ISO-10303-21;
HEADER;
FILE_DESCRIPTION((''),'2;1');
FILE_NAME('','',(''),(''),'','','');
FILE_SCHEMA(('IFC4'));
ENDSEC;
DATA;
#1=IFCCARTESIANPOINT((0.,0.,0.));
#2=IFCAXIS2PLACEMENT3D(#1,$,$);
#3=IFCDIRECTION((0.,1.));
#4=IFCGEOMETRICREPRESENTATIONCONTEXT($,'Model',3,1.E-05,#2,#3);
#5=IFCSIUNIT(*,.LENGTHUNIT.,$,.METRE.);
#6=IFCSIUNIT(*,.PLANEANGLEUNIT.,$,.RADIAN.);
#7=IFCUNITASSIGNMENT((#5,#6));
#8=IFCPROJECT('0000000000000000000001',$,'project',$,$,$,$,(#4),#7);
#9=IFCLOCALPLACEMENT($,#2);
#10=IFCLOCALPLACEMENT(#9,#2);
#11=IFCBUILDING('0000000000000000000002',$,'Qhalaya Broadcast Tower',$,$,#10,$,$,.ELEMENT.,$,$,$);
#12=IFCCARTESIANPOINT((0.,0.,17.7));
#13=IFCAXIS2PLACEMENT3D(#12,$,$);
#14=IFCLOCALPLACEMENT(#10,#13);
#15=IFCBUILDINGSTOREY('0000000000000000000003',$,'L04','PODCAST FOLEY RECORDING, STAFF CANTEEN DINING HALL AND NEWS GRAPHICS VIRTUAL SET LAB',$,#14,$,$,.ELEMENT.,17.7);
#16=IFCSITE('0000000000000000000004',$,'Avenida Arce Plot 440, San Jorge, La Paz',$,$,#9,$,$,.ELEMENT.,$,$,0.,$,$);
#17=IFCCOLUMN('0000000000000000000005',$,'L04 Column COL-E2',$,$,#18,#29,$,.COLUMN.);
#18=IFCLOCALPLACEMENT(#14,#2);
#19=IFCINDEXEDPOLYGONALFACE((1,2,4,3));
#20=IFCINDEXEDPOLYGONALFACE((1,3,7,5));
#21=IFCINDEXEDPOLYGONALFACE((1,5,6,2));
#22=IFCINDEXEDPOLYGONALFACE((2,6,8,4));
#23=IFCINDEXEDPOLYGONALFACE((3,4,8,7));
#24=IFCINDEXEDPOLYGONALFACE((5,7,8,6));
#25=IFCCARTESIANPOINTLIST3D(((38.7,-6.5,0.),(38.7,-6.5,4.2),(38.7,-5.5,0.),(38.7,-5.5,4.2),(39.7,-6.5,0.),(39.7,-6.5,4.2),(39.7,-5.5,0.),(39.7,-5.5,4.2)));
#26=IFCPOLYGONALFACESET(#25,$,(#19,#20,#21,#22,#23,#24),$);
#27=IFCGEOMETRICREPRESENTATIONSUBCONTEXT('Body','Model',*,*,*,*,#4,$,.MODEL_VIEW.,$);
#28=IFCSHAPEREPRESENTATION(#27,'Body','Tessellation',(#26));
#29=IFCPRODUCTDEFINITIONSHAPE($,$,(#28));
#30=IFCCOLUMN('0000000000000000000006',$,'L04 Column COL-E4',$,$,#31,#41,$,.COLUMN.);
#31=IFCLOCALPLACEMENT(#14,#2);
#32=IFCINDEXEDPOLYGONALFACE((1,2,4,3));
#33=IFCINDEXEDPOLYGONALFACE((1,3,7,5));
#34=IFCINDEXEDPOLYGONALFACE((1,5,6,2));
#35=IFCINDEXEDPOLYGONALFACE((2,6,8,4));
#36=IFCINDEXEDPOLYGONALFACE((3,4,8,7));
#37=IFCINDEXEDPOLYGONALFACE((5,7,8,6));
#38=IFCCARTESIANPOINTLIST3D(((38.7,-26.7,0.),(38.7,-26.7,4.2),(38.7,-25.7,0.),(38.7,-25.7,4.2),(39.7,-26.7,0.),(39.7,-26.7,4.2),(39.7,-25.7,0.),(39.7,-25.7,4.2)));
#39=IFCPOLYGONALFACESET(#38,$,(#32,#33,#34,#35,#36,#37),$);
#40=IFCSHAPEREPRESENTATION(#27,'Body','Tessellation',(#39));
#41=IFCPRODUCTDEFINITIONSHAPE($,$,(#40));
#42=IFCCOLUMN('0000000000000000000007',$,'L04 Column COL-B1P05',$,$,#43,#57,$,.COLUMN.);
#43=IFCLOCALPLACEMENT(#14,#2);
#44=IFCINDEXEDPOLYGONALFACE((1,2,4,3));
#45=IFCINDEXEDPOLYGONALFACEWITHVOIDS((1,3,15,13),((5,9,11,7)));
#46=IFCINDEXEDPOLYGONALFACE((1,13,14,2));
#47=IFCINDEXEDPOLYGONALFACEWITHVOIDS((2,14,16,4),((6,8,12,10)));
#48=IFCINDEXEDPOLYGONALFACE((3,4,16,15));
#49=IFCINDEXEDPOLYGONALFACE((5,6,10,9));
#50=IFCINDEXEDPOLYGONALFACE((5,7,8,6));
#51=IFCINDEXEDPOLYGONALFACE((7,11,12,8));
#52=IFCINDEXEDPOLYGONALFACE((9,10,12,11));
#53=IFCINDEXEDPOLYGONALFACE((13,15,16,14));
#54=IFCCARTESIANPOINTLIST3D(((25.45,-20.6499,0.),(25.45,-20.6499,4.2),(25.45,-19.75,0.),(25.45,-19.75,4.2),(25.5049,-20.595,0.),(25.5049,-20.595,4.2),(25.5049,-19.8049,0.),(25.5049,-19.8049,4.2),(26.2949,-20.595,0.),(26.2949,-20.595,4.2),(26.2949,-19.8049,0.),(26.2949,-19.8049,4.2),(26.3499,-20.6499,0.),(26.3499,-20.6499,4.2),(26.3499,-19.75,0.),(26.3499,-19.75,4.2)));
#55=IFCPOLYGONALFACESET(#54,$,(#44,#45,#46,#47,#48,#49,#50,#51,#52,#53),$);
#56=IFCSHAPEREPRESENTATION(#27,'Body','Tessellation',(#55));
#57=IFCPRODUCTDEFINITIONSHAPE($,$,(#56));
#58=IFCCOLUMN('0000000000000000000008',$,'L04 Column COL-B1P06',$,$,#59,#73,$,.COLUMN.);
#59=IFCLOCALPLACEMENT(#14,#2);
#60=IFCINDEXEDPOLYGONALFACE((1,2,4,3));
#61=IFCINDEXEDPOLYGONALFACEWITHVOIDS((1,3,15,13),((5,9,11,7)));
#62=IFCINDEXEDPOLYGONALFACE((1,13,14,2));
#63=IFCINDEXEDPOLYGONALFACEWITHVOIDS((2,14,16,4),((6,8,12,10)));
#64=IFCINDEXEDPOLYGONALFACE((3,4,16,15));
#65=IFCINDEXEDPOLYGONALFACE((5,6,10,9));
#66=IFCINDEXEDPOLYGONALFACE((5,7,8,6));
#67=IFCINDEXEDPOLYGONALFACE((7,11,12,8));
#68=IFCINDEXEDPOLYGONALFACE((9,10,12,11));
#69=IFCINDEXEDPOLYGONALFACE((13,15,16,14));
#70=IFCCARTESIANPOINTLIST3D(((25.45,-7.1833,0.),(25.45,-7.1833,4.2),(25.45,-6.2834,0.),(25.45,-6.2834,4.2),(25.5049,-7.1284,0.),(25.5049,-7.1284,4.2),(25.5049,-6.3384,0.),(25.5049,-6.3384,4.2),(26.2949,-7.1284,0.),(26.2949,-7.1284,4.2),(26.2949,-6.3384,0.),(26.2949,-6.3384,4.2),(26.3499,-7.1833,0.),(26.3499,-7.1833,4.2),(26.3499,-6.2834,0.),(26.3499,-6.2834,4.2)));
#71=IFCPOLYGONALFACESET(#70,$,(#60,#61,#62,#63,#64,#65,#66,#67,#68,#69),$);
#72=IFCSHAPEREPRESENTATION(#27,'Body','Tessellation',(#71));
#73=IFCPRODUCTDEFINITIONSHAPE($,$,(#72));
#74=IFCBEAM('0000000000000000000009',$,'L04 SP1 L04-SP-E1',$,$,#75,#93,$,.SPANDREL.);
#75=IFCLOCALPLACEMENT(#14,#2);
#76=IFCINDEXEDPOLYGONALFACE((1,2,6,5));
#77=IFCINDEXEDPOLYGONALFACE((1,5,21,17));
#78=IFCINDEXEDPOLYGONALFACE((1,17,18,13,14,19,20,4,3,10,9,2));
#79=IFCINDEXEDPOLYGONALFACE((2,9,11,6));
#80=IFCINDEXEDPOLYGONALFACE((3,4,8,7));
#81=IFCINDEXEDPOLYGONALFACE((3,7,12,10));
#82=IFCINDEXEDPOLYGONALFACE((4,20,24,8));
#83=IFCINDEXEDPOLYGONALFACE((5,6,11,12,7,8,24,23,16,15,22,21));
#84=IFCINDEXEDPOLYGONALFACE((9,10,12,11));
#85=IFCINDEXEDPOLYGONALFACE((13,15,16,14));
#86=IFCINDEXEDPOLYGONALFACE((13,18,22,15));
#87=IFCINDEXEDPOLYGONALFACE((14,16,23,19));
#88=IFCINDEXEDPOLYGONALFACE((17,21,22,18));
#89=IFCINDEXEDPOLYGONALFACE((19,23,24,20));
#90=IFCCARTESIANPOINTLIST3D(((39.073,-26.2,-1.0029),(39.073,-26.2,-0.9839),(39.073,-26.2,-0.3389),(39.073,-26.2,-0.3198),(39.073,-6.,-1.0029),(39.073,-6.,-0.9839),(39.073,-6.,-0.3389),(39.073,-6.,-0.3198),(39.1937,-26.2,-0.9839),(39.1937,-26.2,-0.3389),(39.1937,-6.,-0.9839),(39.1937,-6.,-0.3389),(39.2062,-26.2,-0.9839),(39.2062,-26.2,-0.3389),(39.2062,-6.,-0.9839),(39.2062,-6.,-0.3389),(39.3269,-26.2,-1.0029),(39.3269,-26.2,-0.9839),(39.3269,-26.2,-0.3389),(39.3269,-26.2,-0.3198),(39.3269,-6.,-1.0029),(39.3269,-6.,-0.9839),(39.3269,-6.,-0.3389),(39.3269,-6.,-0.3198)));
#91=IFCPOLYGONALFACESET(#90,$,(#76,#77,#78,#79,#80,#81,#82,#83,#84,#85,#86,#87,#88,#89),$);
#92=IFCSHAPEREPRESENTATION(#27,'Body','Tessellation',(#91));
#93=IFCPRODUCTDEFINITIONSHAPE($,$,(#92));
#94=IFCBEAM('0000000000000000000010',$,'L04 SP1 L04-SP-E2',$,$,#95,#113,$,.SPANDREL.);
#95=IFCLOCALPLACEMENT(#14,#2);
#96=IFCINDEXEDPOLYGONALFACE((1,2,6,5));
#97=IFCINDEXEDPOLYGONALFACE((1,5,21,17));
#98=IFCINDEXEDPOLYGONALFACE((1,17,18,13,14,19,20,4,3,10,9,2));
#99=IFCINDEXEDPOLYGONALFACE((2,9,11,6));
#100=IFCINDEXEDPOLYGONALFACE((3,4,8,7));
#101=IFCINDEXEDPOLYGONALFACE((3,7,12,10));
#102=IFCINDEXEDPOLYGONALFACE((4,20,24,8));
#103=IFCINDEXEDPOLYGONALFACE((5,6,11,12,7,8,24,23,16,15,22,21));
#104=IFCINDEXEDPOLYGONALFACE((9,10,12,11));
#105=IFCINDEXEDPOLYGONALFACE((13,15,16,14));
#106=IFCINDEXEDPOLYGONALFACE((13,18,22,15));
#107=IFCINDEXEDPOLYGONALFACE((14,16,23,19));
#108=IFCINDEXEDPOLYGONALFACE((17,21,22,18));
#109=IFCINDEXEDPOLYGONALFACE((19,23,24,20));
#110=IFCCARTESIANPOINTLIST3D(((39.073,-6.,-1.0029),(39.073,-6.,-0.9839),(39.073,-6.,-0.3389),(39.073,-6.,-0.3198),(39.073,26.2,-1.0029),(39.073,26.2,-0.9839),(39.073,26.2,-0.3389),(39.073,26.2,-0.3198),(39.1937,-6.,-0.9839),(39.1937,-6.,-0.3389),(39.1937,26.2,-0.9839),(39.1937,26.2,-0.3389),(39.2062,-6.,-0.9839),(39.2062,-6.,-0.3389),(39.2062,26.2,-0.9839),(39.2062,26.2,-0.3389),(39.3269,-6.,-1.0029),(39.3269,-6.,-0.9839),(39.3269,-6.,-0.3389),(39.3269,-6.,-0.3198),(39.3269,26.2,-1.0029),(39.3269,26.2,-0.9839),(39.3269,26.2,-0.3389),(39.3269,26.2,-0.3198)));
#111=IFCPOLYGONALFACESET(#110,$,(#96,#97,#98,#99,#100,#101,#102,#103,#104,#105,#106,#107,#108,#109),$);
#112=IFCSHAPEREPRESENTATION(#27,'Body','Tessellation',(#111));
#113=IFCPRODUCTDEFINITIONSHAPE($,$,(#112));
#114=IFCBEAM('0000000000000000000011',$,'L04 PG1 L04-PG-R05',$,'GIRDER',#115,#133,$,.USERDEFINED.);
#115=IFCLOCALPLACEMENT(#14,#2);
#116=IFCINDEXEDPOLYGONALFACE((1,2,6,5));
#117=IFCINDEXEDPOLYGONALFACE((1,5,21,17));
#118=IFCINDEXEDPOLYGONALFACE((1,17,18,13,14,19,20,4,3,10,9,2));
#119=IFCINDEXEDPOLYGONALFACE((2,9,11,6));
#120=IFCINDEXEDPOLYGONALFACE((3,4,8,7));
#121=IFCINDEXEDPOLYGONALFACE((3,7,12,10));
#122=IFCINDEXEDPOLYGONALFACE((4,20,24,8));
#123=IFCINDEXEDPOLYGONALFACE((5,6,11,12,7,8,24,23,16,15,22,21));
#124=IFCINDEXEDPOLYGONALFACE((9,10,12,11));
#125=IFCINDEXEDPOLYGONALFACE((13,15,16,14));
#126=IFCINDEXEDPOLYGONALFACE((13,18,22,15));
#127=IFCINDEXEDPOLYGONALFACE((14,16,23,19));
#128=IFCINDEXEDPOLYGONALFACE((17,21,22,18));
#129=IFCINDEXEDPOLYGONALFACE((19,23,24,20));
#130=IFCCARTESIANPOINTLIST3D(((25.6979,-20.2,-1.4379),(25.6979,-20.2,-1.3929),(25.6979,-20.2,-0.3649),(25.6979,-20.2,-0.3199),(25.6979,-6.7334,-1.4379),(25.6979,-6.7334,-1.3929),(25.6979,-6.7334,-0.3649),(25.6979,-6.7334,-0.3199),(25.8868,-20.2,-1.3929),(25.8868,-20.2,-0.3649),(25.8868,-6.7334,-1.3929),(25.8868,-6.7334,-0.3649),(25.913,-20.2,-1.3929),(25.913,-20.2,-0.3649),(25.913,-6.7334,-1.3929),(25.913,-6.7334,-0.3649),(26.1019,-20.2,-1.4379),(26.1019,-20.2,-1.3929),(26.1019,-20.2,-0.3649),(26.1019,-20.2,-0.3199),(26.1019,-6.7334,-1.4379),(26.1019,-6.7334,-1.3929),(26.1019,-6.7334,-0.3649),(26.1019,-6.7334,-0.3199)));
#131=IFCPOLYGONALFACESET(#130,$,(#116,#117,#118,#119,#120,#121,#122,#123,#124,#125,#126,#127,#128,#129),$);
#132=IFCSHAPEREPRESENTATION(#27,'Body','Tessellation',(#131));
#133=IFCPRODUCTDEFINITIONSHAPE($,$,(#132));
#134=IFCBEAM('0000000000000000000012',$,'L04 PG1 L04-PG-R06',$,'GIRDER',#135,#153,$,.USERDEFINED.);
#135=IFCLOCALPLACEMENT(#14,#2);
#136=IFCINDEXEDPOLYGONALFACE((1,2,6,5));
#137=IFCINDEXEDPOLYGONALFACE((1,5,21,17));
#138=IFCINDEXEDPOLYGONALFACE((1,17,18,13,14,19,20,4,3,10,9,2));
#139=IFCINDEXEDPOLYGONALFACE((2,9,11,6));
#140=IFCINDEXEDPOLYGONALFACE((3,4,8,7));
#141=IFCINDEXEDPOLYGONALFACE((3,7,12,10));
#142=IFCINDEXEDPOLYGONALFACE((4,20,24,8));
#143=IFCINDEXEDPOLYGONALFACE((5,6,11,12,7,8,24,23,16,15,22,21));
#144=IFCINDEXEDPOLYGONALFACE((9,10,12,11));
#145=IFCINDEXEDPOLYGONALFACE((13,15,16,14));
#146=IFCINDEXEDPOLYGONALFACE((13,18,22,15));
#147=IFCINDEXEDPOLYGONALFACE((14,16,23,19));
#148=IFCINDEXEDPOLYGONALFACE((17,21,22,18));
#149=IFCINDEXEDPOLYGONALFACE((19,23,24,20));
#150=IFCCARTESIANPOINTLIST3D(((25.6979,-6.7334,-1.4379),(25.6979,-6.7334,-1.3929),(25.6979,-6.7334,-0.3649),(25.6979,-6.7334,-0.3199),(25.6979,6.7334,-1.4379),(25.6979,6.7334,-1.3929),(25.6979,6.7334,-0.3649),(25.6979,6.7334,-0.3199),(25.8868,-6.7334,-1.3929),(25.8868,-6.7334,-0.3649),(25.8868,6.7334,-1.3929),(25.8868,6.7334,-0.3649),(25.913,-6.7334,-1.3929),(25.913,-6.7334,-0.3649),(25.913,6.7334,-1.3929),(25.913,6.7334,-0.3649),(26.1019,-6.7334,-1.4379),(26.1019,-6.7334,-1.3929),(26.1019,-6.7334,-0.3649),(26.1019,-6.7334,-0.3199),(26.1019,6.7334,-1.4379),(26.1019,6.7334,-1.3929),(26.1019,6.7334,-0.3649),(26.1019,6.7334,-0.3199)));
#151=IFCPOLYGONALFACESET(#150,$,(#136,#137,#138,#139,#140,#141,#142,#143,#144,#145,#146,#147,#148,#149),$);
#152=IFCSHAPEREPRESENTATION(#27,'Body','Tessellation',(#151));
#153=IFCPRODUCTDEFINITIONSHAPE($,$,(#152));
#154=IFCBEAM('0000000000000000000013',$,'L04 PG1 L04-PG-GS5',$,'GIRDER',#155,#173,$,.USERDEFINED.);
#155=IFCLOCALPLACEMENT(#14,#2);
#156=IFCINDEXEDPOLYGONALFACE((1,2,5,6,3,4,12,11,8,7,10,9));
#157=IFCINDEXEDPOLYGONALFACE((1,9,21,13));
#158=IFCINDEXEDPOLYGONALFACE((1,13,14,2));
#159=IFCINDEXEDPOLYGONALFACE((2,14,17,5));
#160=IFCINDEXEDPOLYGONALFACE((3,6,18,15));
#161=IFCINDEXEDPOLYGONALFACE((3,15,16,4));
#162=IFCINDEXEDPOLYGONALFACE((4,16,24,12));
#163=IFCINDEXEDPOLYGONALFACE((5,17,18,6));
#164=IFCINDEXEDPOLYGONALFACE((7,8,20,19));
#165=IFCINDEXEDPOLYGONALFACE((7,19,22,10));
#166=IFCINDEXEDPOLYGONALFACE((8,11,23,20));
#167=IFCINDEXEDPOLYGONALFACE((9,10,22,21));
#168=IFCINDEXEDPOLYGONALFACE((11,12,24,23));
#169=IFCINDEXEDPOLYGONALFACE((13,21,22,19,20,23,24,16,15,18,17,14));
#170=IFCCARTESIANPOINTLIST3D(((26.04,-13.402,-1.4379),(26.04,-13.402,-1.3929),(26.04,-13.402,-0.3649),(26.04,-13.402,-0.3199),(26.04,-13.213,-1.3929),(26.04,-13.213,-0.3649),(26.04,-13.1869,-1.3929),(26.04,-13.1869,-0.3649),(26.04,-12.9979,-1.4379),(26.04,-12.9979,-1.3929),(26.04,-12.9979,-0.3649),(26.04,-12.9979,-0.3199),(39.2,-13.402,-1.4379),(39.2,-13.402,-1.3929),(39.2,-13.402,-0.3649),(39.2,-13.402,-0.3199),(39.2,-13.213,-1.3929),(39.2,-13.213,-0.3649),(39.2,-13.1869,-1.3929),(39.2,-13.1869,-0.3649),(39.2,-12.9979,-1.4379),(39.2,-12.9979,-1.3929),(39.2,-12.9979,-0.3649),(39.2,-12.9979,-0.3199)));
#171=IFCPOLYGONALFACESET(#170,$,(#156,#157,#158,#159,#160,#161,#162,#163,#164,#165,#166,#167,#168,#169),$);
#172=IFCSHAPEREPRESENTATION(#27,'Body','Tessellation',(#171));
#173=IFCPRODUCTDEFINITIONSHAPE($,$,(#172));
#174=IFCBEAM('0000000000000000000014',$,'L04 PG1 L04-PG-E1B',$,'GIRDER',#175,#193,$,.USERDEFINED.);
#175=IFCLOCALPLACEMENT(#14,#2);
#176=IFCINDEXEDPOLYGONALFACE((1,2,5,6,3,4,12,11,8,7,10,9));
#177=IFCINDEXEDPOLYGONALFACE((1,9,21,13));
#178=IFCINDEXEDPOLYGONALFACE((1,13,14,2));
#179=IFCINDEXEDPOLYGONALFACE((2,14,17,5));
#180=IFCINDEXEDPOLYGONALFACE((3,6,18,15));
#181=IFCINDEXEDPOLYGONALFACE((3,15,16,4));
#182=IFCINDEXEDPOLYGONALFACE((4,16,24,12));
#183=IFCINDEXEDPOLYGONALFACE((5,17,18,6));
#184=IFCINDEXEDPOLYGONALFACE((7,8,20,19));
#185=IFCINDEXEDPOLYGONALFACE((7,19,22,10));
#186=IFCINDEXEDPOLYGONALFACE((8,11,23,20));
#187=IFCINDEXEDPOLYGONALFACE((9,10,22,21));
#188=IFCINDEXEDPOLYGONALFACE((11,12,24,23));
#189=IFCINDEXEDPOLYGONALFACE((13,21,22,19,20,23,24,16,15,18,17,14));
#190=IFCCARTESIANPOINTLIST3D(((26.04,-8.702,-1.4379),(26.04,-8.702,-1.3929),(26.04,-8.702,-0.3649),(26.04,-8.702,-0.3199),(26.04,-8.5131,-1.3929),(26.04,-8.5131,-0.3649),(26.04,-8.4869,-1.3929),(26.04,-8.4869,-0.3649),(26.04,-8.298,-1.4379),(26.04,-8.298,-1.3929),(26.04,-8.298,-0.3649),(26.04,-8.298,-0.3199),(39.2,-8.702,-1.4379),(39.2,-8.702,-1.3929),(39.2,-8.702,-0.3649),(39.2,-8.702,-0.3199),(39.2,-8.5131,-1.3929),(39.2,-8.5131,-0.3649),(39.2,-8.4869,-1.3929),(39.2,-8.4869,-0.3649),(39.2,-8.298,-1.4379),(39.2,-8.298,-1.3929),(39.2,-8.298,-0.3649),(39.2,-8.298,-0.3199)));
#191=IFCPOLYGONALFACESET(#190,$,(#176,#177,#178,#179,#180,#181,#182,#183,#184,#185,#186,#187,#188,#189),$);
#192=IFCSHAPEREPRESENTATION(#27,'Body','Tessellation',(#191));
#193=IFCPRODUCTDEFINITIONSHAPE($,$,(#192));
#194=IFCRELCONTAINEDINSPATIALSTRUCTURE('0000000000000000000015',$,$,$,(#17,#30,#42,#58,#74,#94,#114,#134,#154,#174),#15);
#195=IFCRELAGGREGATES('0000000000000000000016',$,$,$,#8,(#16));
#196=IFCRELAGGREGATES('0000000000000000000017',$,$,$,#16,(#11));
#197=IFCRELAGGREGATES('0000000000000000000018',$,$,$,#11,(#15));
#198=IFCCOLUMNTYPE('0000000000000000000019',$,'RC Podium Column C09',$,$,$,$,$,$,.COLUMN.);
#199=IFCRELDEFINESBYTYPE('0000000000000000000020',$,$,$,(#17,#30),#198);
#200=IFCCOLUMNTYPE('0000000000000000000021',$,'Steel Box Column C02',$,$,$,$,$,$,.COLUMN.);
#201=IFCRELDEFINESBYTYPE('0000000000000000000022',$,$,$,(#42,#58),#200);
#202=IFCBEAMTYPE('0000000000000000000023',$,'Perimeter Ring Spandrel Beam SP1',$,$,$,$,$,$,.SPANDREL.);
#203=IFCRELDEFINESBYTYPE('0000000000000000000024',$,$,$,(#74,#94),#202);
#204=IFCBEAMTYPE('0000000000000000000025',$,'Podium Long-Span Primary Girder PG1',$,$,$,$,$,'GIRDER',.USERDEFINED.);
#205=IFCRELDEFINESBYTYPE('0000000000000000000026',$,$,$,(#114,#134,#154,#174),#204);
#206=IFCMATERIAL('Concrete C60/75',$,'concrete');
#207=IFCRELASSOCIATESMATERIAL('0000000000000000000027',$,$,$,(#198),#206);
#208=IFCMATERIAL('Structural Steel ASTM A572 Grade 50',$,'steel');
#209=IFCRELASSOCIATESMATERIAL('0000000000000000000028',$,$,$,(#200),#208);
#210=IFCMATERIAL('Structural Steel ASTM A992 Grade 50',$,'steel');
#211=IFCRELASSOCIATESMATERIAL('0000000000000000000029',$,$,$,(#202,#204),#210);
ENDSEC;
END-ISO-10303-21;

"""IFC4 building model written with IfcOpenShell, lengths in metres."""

from ifc_helpers import new_model, si_unit, direction, frame, origin, origin_2d, place, context, subcontext, project, spatial, rectangle, hollow_rectangle, i_section, extrude, material, material_profile, profile_set, type_object, element, save


model = new_model("IFC4")

# Units and contexts
model_context = context("Model", 3, precision=1e-05, world=origin(), true_north=direction((0.0, 1.0)))
body_context = subcontext(model_context, "Body", "Model", "MODEL_VIEW")
ifc_project = project(units=[si_unit("LENGTHUNIT", "METRE"), si_unit("PLANEANGLEUNIT", "RADIAN")], contexts=[model_context])

# Site, building, storey
site_placement = place(None, origin())
site = spatial("IfcSite", under=ifc_project, at=site_placement, Name="Avenida Arce Plot 440, San Jorge, La Paz", CompositionType="ELEMENT", RefElevation=0.0)
building_placement = place(site_placement, origin())
building = spatial("IfcBuilding", under=site, at=building_placement, Name="Qhalaya Broadcast Tower", CompositionType="ELEMENT")
storey_placement = place(building_placement, frame((0.0, 0.0, 17.7)))
storey = spatial("IfcBuildingStorey", under=building, at=storey_placement, Name="L04", Description="PODCAST FOLEY RECORDING, STAFF CANTEEN DINING HALL AND NEWS GRAPHICS VIRTUAL SET LAB", CompositionType="ELEMENT", Elevation=17.7)

# Columns
ifc_material_1 = material(Name="Concrete C60/75", Category="concrete")
ifc_material_profile_1 = material_profile(ifc_material_1, rectangle(XDim=1.0, YDim=1.0, at=origin_2d()), Name="RC-COL 1000x1000")
ifc_profile_set_1 = profile_set([ifc_material_profile_1], Name="Concrete C60/75")
column_type_1 = type_object("IfcColumnType", Name="RC Podium Column C09", PredefinedType="COLUMN", material=ifc_profile_set_1)
for number, where, z_axis, x_axis, name in (
    (1, (39.2, -6.0, 0.0), (0.0, 0.0, 1.0), (1.0, 0.0, 0.0), "L04 Column COL-E2"),
    (2, (39.2, -26.2, 0.0), (0.0, 0.0, 1.0), (1.0, 0.0, 0.0), "L04 Column COL-E4"),
):
    element("IfcColumn", number, at=place(storey_placement, frame(where, z_axis=z_axis, x_axis=x_axis)), inside=storey, type_object=column_type_1, Name=name, PredefinedType="COLUMN", context=body_context, shape_type="SweptSolid", body=[
        extrude(rectangle(XDim=1.0, YDim=1.0, at=origin_2d()), origin(), (0.0, 0.0, 1.0), 4.2),
    ])
ifc_material_2 = material(Name="Structural Steel ASTM A572 Grade 50", Category="steel")
ifc_material_profile_2 = material_profile(ifc_material_2, hollow_rectangle(XDim=0.8999, YDim=0.8999, WallThickness=0.0549, at=origin_2d()), Name="BOX 900x900x55")
ifc_profile_set_2 = profile_set([ifc_material_profile_2], Name="Structural Steel ASTM A572 Grade 50")
column_type_2 = type_object("IfcColumnType", Name="Steel Box Column C02", PredefinedType="COLUMN", material=ifc_profile_set_2)
for number, where, z_axis, x_axis, name in (
    (3, (25.8999, -20.2, 0.0), (0.0, 0.0, 1.0), (0.0, 1.0, 0.0), "L04 Column COL-B1P05"),
    (4, (25.8999, -6.7334, 0.0), (0.0, 0.0, 1.0), (0.0, 1.0, 0.0), "L04 Column COL-B1P06"),
):
    element("IfcColumn", number, at=place(storey_placement, frame(where, z_axis=z_axis, x_axis=x_axis)), inside=storey, type_object=column_type_2, Name=name, PredefinedType="COLUMN", context=body_context, shape_type="SweptSolid", body=[
        extrude(hollow_rectangle(XDim=0.8999, YDim=0.8999, WallThickness=0.0549, at=origin_2d()), origin(), (0.0, 0.0, 1.0), 4.2),
    ])

# Beams
ifc_material_3 = material(Name="Structural Steel ASTM A992 Grade 50", Category="steel")
ifc_material_profile_3 = material_profile(ifc_material_3, i_section(OverallWidth=0.2539, OverallDepth=0.6831, WebThickness=0.0125, FlangeThickness=0.019, at=origin_2d()), Name="W27X94")
ifc_profile_set_3 = profile_set([ifc_material_profile_3], Name="Structural Steel ASTM A992 Grade 50")
beam_type_1 = type_object("IfcBeamType", Name="Perimeter Ring Spandrel Beam SP1", PredefinedType="SPANDREL", material=ifc_profile_set_3)
beam_1_placement = place(storey_placement, frame((39.2, -26.2, -0.6614), z_axis=(0.0, 1.0, 0.0), x_axis=(-1.0, 0.0, 0.0)))
element("IfcBeam", 5, at=beam_1_placement, inside=storey, type_object=beam_type_1, Name="L04 SP1 L04-SP-E1", PredefinedType="SPANDREL", context=body_context, shape_type="SweptSolid", body=[
    extrude(i_section(OverallWidth=0.2539, OverallDepth=0.6831, WebThickness=0.0125, FlangeThickness=0.019, at=origin_2d()), origin(), (0.0, 0.0, 1.0), 20.2),
])
beam_2_placement = place(storey_placement, frame((39.2, -6.0, -0.6614), z_axis=(0.0, 1.0, 0.0), x_axis=(-1.0, 0.0, 0.0)))
element("IfcBeam", 6, at=beam_2_placement, inside=storey, type_object=beam_type_1, Name="L04 SP1 L04-SP-E2", PredefinedType="SPANDREL", context=body_context, shape_type="SweptSolid", body=[
    extrude(i_section(OverallWidth=0.2539, OverallDepth=0.6831, WebThickness=0.0125, FlangeThickness=0.019, at=origin_2d()), origin(), (0.0, 0.0, 1.0), 32.2),
])
ifc_material_profile_4 = material_profile(ifc_material_3, i_section(OverallWidth=0.4041, OverallDepth=1.1179, WebThickness=0.0261, FlangeThickness=0.0449, at=origin_2d()), Name="W44X335")
ifc_profile_set_4 = profile_set([ifc_material_profile_4], Name="Structural Steel ASTM A992 Grade 50")
beam_type_2 = type_object("IfcBeamType", Name="Podium Long-Span Primary Girder PG1", ElementType="GIRDER", PredefinedType="USERDEFINED", material=ifc_profile_set_4)
beam_3_placement = place(storey_placement, frame((25.8999, -20.2, -0.8789), z_axis=(0.0, 1.0, 0.0), x_axis=(-1.0, 0.0, 0.0)))
element("IfcBeam", 7, at=beam_3_placement, inside=storey, type_object=beam_type_2, Name="L04 PG1 L04-PG-R05", ObjectType="GIRDER", PredefinedType="USERDEFINED", context=body_context, shape_type="SweptSolid", body=[
    extrude(i_section(OverallWidth=0.4041, OverallDepth=1.1179, WebThickness=0.0261, FlangeThickness=0.0449, at=origin_2d()), origin(), (0.0, 0.0, 1.0), 13.4666),
])
beam_4_placement = place(storey_placement, frame((25.8999, -6.7334, -0.8789), z_axis=(0.0, 1.0, 0.0), x_axis=(-1.0, 0.0, 0.0)))
element("IfcBeam", 8, at=beam_4_placement, inside=storey, type_object=beam_type_2, Name="L04 PG1 L04-PG-R06", ObjectType="GIRDER", PredefinedType="USERDEFINED", context=body_context, shape_type="SweptSolid", body=[
    extrude(i_section(OverallWidth=0.4041, OverallDepth=1.1179, WebThickness=0.0261, FlangeThickness=0.0449, at=origin_2d()), origin(), (0.0, 0.0, 1.0), 13.4668),
])
for number, where, z_axis, x_axis, name in (
    (9, (26.04, -13.2, -0.8789), (1.0, 0.0, 0.0), (0.0, 1.0, 0.0), "L04 PG1 L04-PG-GS5"),
    (10, (26.04, -8.5, -0.8789), (1.0, 0.0, 0.0), (0.0, 1.0, 0.0), "L04 PG1 L04-PG-E1B"),
):
    element("IfcBeam", number, at=place(storey_placement, frame(where, z_axis=z_axis, x_axis=x_axis)), inside=storey, type_object=beam_type_2, Name=name, ObjectType="GIRDER", PredefinedType="USERDEFINED", context=body_context, shape_type="SweptSolid", body=[
        extrude(i_section(OverallWidth=0.4041, OverallDepth=1.1179, WebThickness=0.0261, FlangeThickness=0.0449, at=origin_2d()), origin(), (0.0, 0.0, 1.0), 13.1599),
    ])

save(model, "model.ifc")
